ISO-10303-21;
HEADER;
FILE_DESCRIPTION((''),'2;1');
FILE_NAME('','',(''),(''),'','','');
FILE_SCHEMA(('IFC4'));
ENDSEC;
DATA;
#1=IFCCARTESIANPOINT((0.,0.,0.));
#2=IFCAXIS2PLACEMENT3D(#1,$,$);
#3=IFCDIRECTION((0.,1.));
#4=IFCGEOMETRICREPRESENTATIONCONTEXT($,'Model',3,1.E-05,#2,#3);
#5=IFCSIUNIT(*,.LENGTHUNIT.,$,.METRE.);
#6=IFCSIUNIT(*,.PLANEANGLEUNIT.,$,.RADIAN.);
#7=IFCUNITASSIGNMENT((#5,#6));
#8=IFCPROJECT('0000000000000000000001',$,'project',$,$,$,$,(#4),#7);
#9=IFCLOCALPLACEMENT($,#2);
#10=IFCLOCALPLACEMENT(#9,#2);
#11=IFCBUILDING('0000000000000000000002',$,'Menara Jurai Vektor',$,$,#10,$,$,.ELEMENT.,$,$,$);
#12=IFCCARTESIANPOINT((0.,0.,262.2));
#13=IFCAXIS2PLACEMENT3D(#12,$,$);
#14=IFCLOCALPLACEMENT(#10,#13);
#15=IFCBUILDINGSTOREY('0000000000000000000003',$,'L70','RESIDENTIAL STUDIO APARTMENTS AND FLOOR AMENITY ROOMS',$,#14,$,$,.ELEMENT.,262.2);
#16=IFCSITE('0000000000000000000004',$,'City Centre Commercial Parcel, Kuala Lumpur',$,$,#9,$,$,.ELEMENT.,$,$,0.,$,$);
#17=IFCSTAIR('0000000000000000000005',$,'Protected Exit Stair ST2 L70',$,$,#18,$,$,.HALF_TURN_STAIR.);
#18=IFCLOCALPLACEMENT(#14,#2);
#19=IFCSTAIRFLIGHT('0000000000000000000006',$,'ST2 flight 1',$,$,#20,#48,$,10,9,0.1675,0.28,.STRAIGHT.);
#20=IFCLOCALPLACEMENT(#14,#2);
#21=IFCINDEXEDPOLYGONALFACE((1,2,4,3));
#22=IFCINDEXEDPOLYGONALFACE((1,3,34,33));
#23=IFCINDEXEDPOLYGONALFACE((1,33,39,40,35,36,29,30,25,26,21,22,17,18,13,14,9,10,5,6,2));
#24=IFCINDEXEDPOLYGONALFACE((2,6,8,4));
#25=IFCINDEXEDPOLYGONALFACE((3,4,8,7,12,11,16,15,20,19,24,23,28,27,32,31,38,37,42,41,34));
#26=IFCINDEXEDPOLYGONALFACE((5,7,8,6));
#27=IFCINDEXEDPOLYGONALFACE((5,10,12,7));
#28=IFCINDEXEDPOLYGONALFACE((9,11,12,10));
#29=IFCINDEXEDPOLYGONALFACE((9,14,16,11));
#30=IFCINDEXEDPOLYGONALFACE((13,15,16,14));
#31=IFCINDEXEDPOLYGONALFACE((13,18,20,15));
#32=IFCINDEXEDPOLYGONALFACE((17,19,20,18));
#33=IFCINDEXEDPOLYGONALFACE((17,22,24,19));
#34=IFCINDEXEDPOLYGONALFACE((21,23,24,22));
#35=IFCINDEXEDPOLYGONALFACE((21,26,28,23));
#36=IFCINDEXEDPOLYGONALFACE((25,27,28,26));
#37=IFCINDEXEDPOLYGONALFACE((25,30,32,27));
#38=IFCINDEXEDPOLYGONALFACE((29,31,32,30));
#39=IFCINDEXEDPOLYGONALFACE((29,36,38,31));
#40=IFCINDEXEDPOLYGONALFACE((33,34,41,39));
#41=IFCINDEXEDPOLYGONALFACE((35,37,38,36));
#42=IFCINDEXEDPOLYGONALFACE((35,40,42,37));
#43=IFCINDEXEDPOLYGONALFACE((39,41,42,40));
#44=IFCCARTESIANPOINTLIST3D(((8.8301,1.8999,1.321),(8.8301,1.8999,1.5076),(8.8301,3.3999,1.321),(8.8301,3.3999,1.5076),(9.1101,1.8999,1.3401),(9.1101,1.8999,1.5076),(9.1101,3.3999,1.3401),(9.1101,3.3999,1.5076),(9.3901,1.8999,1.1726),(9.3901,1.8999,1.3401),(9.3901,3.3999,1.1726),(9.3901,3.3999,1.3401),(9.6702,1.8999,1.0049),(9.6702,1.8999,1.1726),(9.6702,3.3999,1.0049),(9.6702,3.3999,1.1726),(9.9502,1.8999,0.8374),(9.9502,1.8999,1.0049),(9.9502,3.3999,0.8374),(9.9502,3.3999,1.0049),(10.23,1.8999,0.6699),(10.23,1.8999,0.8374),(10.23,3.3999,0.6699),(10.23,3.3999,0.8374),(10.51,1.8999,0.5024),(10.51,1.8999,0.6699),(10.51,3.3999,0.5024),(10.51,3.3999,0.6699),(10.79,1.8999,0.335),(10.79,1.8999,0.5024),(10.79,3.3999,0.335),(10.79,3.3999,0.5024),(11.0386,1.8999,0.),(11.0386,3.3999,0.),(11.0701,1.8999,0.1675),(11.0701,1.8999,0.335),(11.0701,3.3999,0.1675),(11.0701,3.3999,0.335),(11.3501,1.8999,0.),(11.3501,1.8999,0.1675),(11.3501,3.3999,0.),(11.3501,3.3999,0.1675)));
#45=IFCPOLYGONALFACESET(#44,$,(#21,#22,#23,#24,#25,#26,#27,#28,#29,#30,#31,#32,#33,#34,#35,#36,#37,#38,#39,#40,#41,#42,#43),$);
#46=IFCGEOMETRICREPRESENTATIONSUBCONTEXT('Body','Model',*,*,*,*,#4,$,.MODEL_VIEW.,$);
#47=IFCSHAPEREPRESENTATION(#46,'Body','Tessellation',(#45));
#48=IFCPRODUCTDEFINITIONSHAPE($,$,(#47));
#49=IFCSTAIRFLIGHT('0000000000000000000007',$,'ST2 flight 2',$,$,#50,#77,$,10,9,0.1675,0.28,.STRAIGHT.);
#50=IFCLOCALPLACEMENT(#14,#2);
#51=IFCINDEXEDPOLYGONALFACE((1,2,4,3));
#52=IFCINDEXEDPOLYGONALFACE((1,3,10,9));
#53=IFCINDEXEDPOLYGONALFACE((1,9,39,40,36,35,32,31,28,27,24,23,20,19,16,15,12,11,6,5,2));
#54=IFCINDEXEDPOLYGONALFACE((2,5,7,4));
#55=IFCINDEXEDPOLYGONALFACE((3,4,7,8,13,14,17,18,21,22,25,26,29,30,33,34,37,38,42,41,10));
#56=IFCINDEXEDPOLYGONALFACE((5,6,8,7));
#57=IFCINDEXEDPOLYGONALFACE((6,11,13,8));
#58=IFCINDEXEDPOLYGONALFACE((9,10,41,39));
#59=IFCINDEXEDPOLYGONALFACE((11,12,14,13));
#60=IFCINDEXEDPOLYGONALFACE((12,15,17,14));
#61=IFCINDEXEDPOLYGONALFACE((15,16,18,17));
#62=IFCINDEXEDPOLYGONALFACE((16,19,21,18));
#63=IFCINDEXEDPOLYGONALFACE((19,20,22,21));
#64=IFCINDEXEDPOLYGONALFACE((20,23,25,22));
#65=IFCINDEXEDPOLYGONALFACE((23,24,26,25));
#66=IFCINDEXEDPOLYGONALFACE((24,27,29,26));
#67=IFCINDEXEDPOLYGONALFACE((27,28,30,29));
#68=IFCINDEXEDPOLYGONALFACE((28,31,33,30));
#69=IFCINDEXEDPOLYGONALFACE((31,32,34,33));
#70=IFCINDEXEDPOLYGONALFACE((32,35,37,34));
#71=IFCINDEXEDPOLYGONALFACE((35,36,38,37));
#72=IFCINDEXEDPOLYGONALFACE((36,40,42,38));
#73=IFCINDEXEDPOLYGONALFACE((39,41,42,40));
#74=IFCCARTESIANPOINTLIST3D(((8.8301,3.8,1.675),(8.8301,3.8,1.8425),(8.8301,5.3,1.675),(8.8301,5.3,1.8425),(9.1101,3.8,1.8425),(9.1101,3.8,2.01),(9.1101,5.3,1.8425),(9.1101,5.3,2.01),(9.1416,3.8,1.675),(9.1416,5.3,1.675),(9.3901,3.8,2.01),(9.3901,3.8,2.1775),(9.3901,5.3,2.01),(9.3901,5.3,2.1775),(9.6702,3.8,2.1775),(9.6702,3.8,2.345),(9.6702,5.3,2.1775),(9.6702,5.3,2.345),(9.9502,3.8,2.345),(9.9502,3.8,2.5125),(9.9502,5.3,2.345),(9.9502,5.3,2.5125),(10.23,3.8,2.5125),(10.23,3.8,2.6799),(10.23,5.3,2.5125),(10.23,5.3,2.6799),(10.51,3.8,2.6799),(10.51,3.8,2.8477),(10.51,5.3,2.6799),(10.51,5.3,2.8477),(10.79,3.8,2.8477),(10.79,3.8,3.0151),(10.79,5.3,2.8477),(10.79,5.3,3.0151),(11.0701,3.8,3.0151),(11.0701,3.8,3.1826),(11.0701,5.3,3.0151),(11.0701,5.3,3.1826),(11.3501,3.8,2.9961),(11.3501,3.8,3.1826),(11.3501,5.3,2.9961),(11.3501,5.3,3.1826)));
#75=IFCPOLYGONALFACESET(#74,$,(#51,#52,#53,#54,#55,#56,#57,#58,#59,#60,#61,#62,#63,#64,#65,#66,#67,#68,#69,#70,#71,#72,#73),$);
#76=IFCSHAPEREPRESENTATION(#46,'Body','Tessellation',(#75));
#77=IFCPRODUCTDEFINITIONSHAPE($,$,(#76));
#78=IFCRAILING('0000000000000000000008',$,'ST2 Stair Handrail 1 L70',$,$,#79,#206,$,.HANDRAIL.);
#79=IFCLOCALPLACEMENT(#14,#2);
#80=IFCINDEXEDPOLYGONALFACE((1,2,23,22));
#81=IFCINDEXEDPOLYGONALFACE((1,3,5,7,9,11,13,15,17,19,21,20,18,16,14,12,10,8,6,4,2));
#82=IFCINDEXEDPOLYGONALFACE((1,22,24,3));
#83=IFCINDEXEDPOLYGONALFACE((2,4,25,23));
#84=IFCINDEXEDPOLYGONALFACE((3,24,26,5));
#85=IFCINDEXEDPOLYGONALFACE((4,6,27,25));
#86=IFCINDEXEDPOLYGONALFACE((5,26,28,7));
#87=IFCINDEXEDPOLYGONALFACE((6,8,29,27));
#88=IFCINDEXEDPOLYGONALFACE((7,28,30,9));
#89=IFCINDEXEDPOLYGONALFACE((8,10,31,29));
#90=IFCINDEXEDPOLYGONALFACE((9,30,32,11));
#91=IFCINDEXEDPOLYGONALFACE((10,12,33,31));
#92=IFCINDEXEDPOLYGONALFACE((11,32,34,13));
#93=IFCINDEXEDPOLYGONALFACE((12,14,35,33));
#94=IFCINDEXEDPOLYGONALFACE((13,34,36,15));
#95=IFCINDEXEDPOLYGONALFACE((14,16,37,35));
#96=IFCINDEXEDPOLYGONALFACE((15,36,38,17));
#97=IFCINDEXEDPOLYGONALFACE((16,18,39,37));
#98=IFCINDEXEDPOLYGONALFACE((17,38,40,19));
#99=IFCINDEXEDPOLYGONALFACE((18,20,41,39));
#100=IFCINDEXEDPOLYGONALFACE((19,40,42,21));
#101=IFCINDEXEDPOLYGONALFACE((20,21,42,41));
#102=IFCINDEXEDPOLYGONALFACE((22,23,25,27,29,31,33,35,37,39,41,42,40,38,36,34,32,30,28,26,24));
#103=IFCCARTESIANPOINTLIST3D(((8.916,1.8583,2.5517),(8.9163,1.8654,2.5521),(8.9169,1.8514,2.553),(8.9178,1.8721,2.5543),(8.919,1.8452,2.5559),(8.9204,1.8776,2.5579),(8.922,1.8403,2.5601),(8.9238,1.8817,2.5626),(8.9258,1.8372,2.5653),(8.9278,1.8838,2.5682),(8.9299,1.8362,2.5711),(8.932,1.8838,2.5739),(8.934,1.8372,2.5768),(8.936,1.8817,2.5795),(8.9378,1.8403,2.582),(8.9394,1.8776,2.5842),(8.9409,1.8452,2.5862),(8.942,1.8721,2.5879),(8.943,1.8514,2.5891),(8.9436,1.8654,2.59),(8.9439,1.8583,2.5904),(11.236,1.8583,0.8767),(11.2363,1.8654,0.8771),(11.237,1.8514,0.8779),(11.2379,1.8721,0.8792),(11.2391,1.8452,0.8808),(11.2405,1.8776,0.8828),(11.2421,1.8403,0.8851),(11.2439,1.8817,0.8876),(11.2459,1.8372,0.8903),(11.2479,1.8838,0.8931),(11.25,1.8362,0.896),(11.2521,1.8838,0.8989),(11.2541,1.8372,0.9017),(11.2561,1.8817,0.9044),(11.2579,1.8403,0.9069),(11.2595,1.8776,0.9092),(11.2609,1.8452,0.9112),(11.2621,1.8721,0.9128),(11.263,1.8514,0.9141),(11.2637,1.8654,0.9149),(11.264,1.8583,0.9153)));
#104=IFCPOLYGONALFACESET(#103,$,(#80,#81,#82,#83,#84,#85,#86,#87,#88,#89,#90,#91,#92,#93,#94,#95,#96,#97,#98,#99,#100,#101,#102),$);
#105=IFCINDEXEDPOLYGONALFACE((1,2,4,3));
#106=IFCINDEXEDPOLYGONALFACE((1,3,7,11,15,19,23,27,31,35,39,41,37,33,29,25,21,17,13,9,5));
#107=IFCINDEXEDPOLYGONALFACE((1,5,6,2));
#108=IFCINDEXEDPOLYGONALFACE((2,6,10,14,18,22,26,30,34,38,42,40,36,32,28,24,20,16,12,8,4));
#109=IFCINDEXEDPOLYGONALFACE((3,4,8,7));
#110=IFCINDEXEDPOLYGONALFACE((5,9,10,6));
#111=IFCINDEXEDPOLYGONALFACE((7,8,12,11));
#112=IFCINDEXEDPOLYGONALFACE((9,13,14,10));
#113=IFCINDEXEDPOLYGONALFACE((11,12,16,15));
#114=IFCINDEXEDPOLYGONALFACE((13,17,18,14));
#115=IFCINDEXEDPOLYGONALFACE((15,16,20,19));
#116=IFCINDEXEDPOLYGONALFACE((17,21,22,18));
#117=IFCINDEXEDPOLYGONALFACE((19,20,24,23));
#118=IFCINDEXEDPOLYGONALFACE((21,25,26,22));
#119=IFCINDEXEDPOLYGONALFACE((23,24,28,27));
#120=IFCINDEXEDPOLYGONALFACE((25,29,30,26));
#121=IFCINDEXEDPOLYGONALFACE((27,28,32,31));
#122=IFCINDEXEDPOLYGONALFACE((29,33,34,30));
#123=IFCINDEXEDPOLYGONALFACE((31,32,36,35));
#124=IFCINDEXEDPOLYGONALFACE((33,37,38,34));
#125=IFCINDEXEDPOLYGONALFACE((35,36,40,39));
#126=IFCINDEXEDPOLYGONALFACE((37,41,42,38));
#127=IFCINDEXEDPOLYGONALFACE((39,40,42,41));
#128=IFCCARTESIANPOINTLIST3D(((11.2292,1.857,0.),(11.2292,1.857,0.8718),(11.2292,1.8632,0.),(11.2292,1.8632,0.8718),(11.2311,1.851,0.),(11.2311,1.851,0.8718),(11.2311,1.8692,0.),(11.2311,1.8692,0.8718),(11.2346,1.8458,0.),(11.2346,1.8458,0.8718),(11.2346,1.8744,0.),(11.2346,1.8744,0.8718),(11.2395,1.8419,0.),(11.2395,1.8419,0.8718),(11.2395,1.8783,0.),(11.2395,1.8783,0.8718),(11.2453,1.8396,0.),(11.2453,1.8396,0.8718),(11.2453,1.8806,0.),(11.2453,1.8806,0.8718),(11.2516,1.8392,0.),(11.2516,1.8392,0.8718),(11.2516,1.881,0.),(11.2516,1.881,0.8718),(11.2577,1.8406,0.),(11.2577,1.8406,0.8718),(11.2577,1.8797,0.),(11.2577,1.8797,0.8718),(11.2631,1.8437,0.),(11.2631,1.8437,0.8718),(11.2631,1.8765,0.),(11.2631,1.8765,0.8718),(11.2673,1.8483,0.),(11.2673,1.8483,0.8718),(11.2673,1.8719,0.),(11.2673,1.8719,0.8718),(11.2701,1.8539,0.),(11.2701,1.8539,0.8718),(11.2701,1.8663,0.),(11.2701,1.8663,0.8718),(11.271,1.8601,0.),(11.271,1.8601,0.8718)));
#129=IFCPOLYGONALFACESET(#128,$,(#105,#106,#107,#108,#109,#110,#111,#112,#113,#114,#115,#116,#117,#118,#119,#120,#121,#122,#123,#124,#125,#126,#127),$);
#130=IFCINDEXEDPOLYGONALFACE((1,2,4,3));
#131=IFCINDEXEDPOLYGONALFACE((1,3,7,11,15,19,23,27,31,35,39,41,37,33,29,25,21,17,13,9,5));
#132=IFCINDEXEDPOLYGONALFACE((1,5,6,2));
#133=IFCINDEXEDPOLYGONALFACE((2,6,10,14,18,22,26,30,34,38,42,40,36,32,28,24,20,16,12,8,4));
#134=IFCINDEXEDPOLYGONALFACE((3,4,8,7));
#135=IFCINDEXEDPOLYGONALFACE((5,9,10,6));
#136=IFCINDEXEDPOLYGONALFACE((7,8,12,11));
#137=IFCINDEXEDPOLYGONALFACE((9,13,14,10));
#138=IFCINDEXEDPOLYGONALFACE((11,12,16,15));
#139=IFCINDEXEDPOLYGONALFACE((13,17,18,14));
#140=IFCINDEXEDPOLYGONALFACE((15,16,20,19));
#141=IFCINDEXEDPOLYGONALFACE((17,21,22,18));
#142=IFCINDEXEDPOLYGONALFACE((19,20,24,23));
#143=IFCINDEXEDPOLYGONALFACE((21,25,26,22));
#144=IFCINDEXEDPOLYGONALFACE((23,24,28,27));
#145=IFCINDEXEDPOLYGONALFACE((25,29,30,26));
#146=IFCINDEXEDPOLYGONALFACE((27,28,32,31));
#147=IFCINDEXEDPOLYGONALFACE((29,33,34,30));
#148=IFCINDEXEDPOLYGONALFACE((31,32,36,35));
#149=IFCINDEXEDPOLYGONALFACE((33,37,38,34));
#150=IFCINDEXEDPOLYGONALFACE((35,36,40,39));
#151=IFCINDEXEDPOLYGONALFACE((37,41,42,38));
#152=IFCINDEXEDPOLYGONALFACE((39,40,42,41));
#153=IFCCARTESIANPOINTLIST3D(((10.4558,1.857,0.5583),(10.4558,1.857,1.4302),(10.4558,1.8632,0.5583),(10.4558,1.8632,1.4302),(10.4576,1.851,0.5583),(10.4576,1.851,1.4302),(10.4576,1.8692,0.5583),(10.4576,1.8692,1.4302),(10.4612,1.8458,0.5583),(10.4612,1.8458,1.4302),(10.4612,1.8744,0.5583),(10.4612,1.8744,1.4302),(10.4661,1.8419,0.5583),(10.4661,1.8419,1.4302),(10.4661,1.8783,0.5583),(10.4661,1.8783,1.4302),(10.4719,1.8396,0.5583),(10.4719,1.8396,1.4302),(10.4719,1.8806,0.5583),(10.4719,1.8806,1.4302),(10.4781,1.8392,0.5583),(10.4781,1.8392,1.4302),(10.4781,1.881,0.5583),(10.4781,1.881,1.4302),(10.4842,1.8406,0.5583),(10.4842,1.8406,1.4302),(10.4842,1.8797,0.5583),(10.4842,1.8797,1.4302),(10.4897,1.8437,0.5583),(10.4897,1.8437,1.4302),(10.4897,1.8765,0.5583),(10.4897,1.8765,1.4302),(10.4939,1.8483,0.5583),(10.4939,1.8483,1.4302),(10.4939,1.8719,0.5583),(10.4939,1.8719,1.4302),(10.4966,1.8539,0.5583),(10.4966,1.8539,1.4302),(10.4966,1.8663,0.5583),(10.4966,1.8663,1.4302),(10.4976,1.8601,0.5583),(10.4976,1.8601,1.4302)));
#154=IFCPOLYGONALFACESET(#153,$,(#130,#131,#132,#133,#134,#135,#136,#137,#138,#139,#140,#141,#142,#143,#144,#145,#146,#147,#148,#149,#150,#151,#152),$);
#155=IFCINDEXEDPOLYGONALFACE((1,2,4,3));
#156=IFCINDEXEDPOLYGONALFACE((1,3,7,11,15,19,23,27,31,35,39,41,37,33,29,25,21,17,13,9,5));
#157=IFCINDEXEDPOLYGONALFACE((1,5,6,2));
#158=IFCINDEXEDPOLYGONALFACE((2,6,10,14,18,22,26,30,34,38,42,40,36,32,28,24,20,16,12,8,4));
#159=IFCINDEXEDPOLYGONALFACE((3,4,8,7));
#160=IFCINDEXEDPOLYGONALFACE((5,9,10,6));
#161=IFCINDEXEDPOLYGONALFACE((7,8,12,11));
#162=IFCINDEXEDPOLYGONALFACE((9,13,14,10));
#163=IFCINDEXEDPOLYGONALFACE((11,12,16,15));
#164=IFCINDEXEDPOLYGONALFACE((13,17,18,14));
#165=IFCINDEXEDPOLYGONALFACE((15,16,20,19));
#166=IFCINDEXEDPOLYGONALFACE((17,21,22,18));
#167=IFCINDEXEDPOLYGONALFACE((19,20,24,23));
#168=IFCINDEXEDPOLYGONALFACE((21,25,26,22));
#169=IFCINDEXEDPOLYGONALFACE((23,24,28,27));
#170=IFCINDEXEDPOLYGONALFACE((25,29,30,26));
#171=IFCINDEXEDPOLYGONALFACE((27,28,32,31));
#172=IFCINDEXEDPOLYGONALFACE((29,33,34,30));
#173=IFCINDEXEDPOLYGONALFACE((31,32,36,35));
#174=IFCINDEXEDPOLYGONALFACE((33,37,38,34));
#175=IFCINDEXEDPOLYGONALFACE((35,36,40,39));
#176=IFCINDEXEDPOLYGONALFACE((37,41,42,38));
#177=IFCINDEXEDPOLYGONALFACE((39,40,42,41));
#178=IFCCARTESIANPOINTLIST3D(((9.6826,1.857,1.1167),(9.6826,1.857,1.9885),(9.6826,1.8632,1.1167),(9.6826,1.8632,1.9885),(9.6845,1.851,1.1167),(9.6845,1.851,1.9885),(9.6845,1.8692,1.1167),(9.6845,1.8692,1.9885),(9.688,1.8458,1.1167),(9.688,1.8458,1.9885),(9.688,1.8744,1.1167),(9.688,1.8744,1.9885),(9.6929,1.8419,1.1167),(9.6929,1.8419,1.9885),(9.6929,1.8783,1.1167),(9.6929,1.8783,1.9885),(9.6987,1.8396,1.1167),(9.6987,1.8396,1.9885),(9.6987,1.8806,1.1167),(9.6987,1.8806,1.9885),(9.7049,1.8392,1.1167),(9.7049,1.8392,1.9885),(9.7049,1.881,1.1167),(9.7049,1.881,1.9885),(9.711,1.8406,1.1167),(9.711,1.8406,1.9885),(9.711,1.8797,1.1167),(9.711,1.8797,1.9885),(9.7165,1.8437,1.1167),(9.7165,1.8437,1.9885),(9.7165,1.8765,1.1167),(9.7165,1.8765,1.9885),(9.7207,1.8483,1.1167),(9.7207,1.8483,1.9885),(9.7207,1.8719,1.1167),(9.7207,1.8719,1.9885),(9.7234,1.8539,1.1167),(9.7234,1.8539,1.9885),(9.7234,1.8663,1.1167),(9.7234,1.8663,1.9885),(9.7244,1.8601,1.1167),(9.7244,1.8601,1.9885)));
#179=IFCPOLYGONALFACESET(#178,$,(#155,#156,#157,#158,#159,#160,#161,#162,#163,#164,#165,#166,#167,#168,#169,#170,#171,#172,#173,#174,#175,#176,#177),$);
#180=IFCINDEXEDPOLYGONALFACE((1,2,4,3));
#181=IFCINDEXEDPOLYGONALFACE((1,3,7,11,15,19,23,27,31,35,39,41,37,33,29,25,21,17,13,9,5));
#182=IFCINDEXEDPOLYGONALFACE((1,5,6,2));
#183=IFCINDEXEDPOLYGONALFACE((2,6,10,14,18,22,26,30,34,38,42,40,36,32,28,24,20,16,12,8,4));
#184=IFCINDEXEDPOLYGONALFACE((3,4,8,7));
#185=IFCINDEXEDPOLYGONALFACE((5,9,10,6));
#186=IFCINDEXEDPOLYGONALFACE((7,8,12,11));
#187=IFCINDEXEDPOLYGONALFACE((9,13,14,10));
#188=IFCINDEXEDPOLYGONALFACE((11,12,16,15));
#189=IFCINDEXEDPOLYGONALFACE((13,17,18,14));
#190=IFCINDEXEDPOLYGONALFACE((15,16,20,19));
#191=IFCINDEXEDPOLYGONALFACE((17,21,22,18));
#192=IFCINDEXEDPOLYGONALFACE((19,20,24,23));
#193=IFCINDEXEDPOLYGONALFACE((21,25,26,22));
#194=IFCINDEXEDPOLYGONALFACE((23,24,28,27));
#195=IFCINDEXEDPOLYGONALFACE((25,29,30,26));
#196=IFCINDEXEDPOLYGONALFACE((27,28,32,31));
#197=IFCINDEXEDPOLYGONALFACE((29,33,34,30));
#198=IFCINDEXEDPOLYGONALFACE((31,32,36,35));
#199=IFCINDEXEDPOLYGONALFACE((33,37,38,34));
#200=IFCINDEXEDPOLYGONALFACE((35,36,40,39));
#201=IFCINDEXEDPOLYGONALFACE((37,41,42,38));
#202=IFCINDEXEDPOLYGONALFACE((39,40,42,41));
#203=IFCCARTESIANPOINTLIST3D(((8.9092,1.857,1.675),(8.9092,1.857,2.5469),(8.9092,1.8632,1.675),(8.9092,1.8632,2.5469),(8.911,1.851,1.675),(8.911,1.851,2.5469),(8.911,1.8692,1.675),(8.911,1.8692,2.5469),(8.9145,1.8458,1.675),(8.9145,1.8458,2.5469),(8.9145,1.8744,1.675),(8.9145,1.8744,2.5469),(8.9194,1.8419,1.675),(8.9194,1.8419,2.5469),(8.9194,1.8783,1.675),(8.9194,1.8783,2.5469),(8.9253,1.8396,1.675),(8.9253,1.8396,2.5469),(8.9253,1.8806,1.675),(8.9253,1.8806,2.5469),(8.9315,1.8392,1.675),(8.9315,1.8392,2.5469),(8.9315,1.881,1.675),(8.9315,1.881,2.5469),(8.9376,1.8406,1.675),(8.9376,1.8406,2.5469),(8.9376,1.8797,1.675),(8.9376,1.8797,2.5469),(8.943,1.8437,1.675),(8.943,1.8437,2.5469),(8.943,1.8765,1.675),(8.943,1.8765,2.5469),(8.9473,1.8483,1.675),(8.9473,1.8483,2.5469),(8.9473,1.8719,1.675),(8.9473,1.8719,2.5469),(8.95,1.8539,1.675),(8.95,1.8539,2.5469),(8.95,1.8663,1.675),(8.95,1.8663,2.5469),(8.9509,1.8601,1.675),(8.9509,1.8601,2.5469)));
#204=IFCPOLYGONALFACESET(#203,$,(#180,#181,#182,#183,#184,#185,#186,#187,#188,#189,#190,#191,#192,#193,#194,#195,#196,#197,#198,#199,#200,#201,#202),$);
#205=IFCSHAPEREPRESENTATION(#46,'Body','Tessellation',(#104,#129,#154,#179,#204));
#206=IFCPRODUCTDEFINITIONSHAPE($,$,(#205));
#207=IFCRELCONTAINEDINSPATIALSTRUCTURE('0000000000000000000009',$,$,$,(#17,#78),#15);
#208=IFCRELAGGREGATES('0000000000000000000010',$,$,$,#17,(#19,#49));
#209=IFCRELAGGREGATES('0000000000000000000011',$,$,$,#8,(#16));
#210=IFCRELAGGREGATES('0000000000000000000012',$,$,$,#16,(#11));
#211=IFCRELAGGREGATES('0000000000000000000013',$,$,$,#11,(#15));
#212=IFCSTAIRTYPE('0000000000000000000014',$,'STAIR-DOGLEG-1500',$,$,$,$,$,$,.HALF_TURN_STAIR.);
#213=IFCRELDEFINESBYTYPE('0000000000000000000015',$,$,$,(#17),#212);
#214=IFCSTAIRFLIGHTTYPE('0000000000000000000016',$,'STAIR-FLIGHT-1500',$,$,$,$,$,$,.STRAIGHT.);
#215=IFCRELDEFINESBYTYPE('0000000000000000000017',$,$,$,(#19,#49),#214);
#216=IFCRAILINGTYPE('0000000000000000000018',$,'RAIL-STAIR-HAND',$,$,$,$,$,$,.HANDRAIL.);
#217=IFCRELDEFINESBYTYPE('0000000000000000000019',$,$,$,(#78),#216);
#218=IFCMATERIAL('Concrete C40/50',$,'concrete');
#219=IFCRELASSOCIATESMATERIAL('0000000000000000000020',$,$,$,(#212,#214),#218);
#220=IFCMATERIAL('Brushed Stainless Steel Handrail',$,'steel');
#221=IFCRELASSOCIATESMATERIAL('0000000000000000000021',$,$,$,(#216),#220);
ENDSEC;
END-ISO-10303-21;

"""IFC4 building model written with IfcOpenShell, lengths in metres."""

from ifc_helpers import new_model, si_unit, direction, frame, origin, origin_2d, place, context, subcontext, project, spatial, polyline, circle, outline, extrude, material, type_object, element, aggregate, save


model = new_model("IFC4")

# Units and contexts
model_context = context("Model", 3, precision=1e-05, world=origin(), true_north=direction((0.0, 1.0)))
body_context = subcontext(model_context, "Body", "Model", "MODEL_VIEW")
ifc_project = project(units=[si_unit("LENGTHUNIT", "METRE"), si_unit("PLANEANGLEUNIT", "RADIAN")], contexts=[model_context])

# Site, building, storey
site_placement = place(None, origin())
site = spatial("IfcSite", under=ifc_project, at=site_placement, Name="City Centre Commercial Parcel, Kuala Lumpur", CompositionType="ELEMENT", RefElevation=0.0)
building_placement = place(site_placement, origin())
building = spatial("IfcBuilding", under=site, at=building_placement, Name="Menara Jurai Vektor", CompositionType="ELEMENT")
storey_placement = place(building_placement, frame((0.0, 0.0, 262.2)))
storey = spatial("IfcBuildingStorey", under=building, at=storey_placement, Name="L70", Description="RESIDENTIAL STUDIO APARTMENTS AND FLOOR AMENITY ROOMS", CompositionType="ELEMENT", Elevation=262.2)

# Shared definitions
ifc_material_1 = material(Name="Concrete C40/50", Category="concrete")

# Stair, stair flights
stair_type = type_object("IfcStairType", Name="STAIR-DOGLEG-1500", PredefinedType="HALF_TURN_STAIR", material=ifc_material_1)
stair_placement = place(storey_placement, origin())
stair = element("IfcStair", 1, at=stair_placement, inside=storey, type_object=stair_type, Name="Protected Exit Stair ST2 L70", PredefinedType="HALF_TURN_STAIR")
stair_flight_type = type_object("IfcStairFlightType", Name="STAIR-FLIGHT-1500", PredefinedType="STRAIGHT", material=ifc_material_1)
stair_flight_1_placement = place(storey_placement, frame((11.3501, 2.6499, 0.0), z_axis=(0.0, 0.0, 1.0), x_axis=(-1.0, 0.0, 0.0)))
stair_flight_1 = element("IfcStairFlight", 2, at=stair_flight_1_placement, type_object=stair_flight_type, Name="ST2 flight 1", NumberOfRisers=10, NumberOfTreads=9, PredefinedType="STRAIGHT", RiserHeight=0.1675, TreadLength=0.28, context=body_context, shape_type="SweptSolid", body=[
    extrude(outline(polyline([(0.0, 0.0), (0.0, 0.1675), (0.28, 0.1675), (0.28, 0.335), (0.5601, 0.335), (0.5601, 0.5024), (0.8401, 0.5024), (0.8401, 0.6699), (1.1201, 0.6699), (1.1201, 0.8374), (1.3999, 0.8374), (1.3999, 1.0049), (1.6799, 1.0049), (1.6799, 1.1726), (1.96, 1.1726), (1.96, 1.3401), (2.24, 1.3401), (2.24, 1.5076), (2.52, 1.5076), (2.52, 1.675), (2.52, 1.321), (0.3115, 0.0), (0.0, 0.0)])), frame((0.0, 0.75, 0.0), z_axis=(0.0, -1.0, 0.0), x_axis=(1.0, 0.0, 0.0)), (0.0, 0.0, 1.0), 1.5),
])
stair_flight_2_placement = place(storey_placement, frame((8.8301, 4.55, 1.675), z_axis=(0.0, 0.0, 1.0), x_axis=(1.0, 0.0, 0.0)))
stair_flight_2 = element("IfcStairFlight", 3, at=stair_flight_2_placement, type_object=stair_flight_type, Name="ST2 flight 2", NumberOfRisers=10, NumberOfTreads=9, PredefinedType="STRAIGHT", RiserHeight=0.1675, TreadLength=0.28, context=body_context, shape_type="SweptSolid", body=[
    extrude(outline(polyline([(0.0, 0.0), (0.0, 0.1675), (0.28, 0.1675), (0.28, 0.335), (0.5601, 0.335), (0.5601, 0.5024), (0.8401, 0.5024), (0.8401, 0.6699), (1.1201, 0.6699), (1.1201, 0.8374), (1.3999, 0.8374), (1.3999, 1.0049), (1.6799, 1.0049), (1.6799, 1.1726), (1.96, 1.1726), (1.96, 1.3401), (2.24, 1.3401), (2.24, 1.5076), (2.52, 1.5076), (2.52, 1.675), (2.52, 1.321), (0.3115, 0.0), (0.0, 0.0)])), frame((0.0, 0.75, 0.0), z_axis=(0.0, -1.0, 0.0), x_axis=(1.0, 0.0, 0.0)), (0.0, 0.0, 1.0), 1.5),
])
aggregate(stair, [stair_flight_1, stair_flight_2])

# Railing
ifc_material_2 = material(Name="Brushed Stainless Steel Handrail", Category="steel")
railing_type_1 = type_object("IfcRailingType", Name="RAIL-STAIR-HAND", PredefinedType="HANDRAIL", material=ifc_material_2)
railing_1_placement = place(storey_placement, frame((11.25, 1.8601, 0.0)))
element("IfcRailing", 4, at=railing_1_placement, inside=storey, type_object=railing_type_1, Name="ST2 Stair Handrail 1 L70", PredefinedType="HANDRAIL", context=body_context, shape_type="SweptSolid", body=[
    extrude(circle(Radius=0.0239, at=origin_2d()), frame((0.0, 0.0, 0.896), z_axis=(-0.810771, 0.0, 0.585363), x_axis=(0.0, -1.0, 0.0)), (0.0, 0.0, 1.0), 2.8616),
    extrude(circle(Radius=0.021, at=origin_2d()), origin(), (0.0, 0.0, 1.0), 0.8718),
    extrude(circle(Radius=0.021, at=origin_2d()), frame((-0.7734, 0.0, 0.5583)), (0.0, 0.0, 1.0), 0.8718),
    extrude(circle(Radius=0.021, at=origin_2d()), frame((-1.5466, 0.0, 1.1167)), (0.0, 0.0, 1.0), 0.8718),
    extrude(circle(Radius=0.021, at=origin_2d()), frame((-2.3201, 0.0, 1.675)), (0.0, 0.0, 1.0), 0.8718),
])

save(model, "model.ifc")
